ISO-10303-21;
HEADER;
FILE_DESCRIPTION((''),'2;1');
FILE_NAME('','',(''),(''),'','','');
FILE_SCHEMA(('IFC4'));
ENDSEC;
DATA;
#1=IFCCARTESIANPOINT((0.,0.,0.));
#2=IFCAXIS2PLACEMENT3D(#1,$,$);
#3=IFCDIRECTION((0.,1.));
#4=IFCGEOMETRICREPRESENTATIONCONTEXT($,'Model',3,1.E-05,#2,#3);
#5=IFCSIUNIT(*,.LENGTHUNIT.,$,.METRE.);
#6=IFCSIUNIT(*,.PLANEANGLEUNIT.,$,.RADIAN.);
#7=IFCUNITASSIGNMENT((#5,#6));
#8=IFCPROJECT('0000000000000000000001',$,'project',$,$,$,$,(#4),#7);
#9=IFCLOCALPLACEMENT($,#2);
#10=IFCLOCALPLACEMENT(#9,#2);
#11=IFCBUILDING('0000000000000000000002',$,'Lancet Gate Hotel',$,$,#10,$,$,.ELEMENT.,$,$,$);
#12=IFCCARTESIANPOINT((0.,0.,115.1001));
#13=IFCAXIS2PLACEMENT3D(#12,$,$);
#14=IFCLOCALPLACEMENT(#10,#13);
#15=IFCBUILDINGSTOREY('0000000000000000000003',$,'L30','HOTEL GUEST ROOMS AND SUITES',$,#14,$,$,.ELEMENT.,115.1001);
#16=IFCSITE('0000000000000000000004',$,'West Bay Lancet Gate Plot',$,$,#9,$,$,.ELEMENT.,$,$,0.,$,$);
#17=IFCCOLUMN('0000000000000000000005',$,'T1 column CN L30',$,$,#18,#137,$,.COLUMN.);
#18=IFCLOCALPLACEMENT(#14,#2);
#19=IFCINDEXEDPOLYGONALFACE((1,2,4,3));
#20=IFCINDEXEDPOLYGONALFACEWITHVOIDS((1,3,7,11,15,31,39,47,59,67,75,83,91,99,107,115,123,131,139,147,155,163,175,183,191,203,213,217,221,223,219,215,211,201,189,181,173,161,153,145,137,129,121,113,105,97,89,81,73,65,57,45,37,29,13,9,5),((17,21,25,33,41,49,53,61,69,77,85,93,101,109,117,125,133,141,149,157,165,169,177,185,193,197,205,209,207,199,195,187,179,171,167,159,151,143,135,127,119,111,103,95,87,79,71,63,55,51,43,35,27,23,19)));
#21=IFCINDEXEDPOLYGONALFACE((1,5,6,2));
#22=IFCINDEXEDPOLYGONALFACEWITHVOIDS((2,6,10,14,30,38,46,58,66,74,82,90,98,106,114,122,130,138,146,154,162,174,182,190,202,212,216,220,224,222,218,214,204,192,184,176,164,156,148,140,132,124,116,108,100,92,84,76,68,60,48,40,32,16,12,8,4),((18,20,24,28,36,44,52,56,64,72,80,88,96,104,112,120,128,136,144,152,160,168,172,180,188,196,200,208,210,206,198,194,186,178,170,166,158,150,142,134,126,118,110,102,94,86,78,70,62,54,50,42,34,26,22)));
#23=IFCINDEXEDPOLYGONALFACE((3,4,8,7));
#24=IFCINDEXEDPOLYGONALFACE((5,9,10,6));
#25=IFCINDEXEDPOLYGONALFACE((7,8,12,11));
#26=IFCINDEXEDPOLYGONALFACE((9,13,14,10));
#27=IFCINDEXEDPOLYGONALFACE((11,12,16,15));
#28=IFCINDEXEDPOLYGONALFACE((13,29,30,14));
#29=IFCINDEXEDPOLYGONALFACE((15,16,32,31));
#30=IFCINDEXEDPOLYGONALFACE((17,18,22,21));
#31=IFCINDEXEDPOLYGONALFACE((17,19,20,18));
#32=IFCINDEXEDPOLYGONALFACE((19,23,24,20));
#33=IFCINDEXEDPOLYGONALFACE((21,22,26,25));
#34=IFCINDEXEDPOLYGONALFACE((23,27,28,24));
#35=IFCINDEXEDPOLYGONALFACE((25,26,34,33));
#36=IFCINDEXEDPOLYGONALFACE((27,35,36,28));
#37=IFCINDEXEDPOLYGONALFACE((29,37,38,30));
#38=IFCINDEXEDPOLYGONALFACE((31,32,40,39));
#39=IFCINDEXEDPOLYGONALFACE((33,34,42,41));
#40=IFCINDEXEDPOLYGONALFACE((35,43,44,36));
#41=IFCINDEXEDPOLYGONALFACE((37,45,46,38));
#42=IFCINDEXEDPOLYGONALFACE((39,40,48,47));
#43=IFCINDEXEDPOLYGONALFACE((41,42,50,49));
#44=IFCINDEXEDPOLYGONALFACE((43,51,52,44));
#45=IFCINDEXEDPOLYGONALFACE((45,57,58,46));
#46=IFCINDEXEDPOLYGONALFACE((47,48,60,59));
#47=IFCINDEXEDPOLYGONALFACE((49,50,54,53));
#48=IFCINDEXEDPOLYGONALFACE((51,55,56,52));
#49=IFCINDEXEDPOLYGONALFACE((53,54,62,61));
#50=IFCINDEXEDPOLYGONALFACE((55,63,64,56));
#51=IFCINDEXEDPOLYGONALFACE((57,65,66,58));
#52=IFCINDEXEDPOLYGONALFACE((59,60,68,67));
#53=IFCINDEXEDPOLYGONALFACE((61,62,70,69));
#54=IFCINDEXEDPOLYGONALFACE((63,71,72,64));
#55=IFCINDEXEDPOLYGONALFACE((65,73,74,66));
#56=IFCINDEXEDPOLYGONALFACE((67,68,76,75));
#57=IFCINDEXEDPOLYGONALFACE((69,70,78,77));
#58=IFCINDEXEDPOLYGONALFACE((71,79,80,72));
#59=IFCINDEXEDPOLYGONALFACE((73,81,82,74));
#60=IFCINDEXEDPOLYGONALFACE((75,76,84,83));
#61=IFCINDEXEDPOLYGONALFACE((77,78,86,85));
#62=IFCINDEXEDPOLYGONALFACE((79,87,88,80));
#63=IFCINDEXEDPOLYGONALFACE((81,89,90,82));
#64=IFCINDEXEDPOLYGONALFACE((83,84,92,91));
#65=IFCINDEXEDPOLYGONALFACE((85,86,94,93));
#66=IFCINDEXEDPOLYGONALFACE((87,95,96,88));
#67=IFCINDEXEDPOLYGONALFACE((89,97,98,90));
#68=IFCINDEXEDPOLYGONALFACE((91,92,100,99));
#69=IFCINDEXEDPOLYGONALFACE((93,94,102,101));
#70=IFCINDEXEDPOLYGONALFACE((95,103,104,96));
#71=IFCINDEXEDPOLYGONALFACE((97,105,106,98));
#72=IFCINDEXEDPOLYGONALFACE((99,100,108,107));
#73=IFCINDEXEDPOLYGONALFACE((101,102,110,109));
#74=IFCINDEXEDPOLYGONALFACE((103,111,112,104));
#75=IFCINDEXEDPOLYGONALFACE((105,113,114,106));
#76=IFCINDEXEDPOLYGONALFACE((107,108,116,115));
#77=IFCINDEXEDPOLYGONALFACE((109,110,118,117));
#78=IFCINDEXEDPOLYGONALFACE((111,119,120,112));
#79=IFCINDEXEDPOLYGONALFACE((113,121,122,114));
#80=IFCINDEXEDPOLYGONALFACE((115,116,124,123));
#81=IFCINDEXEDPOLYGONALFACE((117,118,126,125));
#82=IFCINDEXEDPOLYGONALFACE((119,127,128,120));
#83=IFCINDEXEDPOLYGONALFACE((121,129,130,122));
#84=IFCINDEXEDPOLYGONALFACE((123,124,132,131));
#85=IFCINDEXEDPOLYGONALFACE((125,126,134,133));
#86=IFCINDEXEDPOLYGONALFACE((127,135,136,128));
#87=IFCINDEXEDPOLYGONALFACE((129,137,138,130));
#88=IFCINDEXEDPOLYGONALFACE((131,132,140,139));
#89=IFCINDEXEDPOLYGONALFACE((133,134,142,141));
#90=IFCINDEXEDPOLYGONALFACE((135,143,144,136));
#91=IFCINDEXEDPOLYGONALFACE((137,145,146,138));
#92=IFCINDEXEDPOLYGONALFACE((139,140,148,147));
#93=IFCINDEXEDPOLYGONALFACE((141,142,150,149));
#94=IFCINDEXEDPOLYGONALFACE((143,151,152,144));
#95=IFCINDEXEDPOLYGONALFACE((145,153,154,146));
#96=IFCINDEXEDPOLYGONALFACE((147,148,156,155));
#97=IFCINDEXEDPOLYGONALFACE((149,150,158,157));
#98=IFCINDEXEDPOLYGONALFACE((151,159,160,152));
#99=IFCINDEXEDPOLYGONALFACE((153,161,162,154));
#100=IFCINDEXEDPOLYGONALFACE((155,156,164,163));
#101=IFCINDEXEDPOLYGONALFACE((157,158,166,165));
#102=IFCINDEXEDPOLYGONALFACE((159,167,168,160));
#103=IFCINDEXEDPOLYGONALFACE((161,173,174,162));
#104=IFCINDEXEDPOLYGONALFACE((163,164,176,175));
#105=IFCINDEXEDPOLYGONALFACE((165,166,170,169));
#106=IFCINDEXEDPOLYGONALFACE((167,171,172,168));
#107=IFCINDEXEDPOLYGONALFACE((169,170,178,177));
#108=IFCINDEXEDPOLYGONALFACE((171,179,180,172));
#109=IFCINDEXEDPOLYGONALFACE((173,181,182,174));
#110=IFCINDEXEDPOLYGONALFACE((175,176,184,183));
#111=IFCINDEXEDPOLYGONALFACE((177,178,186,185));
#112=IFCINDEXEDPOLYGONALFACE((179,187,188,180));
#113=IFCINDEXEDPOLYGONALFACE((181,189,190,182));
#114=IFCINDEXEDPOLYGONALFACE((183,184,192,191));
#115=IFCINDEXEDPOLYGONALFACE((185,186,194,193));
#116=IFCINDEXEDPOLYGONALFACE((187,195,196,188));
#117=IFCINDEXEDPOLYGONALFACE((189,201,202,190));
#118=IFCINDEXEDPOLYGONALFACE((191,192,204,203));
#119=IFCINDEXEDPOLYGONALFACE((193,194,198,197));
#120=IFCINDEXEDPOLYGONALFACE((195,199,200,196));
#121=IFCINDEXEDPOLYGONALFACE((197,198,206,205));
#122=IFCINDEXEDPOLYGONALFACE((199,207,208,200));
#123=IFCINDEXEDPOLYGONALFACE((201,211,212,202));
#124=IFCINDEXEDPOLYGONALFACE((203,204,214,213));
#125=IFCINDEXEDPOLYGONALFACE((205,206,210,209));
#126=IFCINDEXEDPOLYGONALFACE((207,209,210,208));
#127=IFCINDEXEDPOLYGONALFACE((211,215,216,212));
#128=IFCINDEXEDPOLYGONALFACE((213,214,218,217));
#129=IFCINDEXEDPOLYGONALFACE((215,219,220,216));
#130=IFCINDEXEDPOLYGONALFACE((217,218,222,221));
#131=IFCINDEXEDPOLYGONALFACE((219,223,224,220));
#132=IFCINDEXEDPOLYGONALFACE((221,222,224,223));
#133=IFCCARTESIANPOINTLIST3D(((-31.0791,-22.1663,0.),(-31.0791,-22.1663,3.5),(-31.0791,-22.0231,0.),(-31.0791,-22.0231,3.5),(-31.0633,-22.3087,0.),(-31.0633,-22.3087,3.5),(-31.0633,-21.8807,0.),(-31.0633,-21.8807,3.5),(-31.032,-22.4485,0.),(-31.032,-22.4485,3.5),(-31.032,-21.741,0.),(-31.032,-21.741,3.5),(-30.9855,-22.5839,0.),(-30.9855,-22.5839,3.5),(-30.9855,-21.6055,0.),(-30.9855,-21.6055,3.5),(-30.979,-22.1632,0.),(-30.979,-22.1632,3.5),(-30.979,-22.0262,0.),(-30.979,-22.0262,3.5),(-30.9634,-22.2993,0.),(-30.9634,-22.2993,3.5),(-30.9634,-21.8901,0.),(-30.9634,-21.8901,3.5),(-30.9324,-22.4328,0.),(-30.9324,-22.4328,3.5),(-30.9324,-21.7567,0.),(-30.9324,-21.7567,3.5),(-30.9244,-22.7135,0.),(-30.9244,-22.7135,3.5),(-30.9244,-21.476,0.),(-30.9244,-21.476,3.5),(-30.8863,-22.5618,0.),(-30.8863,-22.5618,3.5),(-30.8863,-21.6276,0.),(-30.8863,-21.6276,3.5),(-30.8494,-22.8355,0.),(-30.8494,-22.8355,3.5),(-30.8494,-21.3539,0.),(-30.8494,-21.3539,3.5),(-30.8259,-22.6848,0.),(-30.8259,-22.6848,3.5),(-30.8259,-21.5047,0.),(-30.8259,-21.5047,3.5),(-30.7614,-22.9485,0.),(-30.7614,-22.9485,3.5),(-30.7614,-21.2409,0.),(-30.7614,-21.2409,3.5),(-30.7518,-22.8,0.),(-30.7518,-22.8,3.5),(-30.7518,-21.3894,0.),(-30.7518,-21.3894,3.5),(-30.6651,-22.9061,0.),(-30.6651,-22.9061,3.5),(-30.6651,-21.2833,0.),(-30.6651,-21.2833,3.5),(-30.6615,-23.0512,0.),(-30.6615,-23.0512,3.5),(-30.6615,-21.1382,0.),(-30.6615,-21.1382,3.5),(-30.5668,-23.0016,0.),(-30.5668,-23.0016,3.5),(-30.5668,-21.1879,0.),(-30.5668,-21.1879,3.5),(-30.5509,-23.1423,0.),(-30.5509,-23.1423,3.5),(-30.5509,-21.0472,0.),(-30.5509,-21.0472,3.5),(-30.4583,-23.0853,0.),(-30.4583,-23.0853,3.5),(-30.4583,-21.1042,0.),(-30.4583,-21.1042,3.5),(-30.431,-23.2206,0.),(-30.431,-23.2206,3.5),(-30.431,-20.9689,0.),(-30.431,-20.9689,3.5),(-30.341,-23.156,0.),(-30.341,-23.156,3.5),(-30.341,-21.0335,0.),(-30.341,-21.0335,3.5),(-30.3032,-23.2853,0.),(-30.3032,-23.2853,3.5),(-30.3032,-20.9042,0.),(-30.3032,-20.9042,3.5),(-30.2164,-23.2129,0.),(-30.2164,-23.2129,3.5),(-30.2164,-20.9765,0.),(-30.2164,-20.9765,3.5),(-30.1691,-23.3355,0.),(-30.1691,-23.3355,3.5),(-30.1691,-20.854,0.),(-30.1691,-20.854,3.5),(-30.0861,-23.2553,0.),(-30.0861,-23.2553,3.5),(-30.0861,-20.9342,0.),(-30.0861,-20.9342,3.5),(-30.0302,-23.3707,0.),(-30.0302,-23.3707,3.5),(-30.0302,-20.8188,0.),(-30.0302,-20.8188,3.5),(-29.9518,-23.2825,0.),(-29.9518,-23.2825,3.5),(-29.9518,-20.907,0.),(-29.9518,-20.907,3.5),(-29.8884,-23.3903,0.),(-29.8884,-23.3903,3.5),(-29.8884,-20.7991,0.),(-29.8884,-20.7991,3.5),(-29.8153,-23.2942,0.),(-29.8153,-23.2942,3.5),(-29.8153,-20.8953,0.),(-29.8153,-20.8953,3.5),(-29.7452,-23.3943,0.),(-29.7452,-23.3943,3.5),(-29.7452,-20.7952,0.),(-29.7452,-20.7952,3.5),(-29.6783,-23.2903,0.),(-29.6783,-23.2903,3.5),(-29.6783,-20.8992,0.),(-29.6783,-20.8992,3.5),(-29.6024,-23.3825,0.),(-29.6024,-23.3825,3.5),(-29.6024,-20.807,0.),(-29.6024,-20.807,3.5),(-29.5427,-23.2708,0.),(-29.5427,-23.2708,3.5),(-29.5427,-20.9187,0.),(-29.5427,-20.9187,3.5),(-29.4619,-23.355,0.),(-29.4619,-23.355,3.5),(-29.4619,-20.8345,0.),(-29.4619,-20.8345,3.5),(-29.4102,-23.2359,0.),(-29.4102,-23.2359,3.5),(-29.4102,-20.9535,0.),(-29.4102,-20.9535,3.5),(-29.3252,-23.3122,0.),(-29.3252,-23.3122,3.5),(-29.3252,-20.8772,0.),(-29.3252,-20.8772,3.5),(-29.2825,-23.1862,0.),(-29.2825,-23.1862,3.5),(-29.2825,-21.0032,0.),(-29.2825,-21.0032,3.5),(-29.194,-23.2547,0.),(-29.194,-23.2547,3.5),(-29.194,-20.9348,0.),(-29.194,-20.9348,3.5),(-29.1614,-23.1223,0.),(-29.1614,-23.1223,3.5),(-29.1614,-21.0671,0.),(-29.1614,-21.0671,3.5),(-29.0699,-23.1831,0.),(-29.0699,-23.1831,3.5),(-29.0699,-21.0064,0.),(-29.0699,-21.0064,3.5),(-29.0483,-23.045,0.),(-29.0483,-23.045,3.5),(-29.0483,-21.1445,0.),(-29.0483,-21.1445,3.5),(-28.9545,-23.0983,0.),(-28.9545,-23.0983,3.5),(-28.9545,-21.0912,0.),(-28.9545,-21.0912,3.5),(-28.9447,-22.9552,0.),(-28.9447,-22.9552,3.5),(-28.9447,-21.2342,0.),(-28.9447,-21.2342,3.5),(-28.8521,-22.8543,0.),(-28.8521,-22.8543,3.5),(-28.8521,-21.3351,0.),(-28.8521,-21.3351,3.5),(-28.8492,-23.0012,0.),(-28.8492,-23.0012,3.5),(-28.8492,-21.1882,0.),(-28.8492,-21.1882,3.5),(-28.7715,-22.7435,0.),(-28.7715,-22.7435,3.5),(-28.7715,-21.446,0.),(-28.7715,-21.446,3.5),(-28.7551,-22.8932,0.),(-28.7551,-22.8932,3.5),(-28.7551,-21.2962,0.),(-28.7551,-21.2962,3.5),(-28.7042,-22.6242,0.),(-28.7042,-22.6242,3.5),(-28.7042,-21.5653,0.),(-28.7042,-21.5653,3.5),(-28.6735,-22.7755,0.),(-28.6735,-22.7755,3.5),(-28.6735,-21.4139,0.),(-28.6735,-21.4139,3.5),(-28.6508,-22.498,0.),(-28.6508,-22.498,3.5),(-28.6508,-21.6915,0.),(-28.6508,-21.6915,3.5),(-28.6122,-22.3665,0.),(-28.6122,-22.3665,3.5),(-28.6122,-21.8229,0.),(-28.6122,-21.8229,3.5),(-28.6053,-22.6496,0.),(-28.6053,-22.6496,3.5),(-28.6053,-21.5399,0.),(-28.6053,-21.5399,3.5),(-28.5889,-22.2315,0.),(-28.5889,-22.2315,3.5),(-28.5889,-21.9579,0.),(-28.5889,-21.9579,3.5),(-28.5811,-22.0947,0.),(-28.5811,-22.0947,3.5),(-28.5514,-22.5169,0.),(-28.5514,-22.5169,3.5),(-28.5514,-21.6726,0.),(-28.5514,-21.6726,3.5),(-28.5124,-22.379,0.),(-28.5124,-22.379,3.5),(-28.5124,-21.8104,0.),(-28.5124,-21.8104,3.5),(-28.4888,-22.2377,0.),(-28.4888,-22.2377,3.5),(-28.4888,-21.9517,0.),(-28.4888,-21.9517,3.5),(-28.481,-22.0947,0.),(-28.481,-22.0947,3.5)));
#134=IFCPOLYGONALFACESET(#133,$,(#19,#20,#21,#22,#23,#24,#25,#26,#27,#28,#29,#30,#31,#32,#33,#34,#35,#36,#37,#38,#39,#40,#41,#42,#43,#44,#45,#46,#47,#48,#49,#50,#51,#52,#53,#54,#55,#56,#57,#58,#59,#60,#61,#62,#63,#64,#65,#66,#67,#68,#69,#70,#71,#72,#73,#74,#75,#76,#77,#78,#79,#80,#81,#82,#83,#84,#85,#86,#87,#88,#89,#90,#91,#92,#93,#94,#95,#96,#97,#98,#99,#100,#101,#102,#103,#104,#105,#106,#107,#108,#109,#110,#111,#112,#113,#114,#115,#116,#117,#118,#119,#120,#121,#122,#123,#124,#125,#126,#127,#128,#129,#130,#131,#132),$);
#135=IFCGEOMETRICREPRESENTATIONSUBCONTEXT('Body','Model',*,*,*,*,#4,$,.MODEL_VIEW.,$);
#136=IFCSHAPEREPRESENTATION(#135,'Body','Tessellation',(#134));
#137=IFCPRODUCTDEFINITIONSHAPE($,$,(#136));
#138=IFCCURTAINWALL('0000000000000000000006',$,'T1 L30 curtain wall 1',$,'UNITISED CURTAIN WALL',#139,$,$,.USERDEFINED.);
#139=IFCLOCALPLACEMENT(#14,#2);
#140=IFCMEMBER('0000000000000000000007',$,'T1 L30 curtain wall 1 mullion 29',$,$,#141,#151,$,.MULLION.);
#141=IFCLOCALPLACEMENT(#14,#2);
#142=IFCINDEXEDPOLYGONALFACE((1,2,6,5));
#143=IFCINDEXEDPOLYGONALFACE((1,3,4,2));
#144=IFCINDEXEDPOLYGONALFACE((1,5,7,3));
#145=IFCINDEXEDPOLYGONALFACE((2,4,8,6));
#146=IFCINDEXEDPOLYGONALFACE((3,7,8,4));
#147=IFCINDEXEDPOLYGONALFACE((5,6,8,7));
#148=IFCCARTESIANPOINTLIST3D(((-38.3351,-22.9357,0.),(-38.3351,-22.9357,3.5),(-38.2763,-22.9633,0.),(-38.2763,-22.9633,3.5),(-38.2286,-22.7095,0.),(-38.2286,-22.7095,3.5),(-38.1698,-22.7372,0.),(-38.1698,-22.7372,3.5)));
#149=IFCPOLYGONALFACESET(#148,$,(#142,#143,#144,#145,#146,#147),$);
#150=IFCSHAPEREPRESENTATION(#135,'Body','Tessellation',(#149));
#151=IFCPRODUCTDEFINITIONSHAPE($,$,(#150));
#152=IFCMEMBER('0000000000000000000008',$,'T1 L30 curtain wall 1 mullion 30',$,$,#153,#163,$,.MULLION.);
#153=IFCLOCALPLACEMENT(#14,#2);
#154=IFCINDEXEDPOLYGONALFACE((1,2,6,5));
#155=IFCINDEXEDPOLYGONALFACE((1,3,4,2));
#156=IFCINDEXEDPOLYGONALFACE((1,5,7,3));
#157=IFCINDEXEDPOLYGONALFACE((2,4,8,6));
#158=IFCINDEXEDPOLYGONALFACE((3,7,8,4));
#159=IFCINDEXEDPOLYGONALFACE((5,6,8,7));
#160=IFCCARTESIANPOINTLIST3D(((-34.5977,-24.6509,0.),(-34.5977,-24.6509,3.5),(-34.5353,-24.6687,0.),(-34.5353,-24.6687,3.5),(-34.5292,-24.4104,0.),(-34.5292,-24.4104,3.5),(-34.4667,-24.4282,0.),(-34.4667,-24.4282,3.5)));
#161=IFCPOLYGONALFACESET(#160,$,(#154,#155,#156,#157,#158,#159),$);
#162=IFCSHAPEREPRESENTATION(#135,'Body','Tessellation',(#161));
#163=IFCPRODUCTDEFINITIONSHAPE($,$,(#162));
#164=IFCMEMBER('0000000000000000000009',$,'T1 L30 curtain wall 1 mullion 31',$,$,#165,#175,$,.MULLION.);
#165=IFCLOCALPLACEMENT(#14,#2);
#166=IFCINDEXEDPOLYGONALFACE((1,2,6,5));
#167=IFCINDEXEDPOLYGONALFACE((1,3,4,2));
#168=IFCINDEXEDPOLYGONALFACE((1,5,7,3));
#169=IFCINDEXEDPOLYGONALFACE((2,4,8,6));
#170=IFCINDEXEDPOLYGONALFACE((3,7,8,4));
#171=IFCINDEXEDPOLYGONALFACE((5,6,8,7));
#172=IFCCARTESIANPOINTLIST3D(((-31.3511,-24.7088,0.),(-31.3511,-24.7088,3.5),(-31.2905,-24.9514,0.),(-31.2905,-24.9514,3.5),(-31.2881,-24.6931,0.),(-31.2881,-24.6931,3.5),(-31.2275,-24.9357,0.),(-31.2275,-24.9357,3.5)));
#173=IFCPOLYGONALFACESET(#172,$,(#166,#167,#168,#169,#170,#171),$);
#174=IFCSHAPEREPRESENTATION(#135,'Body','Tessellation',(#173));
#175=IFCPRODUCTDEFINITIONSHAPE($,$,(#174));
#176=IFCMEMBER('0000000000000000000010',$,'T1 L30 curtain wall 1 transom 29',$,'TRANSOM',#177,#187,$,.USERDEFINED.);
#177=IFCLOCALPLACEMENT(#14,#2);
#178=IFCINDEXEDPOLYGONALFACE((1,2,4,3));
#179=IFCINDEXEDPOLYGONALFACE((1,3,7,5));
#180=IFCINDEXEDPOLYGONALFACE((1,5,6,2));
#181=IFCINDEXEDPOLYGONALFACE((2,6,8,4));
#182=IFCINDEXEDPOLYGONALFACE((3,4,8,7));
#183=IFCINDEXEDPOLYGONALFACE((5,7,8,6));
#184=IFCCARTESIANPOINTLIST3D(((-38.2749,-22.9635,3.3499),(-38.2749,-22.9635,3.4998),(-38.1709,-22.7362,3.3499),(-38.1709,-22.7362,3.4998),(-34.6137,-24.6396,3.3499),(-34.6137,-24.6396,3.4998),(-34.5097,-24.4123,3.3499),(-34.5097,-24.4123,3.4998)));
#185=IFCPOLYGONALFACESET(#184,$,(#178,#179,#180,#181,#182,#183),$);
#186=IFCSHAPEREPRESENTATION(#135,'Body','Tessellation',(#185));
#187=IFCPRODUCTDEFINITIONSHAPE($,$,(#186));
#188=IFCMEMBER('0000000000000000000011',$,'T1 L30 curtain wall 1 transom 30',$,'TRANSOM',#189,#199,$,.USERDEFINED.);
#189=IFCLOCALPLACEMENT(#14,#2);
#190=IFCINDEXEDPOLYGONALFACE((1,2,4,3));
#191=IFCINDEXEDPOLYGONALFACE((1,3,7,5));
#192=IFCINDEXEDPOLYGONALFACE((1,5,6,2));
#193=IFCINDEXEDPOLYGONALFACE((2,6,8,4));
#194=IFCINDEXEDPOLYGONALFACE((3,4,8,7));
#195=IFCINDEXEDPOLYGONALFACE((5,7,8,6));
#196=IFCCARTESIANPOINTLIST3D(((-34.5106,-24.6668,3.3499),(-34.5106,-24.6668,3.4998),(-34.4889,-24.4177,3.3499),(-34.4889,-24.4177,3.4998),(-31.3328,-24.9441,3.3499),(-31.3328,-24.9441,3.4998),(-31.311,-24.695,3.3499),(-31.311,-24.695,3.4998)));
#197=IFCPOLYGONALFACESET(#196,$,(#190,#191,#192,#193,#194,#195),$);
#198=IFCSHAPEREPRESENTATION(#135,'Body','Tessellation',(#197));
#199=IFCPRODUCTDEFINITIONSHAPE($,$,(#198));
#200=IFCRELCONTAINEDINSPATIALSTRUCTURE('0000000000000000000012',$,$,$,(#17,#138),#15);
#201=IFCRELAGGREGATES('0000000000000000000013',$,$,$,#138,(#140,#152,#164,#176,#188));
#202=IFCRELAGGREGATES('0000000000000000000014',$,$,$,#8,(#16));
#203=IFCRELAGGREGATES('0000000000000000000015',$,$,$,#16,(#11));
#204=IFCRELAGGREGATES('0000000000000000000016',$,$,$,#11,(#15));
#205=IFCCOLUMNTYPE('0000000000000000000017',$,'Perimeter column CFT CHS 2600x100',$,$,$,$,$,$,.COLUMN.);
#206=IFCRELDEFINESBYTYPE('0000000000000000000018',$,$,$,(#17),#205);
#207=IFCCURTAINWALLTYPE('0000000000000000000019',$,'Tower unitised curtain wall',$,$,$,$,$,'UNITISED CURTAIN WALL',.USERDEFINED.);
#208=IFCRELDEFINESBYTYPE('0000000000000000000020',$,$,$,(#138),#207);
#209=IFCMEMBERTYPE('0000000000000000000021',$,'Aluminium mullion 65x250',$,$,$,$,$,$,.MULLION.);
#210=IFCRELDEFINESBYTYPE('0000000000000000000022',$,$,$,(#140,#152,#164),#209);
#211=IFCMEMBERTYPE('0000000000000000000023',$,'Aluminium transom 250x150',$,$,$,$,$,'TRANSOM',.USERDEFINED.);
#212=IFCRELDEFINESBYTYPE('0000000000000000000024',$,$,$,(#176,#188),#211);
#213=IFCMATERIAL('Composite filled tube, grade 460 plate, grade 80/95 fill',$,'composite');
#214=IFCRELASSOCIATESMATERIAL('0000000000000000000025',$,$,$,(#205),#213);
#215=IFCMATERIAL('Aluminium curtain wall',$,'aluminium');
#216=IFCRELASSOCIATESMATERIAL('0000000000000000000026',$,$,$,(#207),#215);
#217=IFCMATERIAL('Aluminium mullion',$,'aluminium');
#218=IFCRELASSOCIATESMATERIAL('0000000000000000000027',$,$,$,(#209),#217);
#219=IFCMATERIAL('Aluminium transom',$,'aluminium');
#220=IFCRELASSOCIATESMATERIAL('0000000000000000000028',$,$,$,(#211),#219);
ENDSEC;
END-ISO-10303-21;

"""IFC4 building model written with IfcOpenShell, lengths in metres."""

from ifc_helpers import new_model, si_unit, direction, frame, origin, origin_2d, place, context, subcontext, project, spatial, rectangle, hollow_circle, extrude, material, material_profile, profile_set, type_object, element, aggregate, save


model = new_model("IFC4")

# Units and contexts
model_context = context("Model", 3, precision=1e-05, world=origin(), true_north=direction((0.0, 1.0)))
body_context = subcontext(model_context, "Body", "Model", "MODEL_VIEW")
ifc_project = project(units=[si_unit("LENGTHUNIT", "METRE"), si_unit("PLANEANGLEUNIT", "RADIAN")], contexts=[model_context])

# Site, building, storey
site_placement = place(None, origin())
site = spatial("IfcSite", under=ifc_project, at=site_placement, Name="West Bay Lancet Gate Plot", CompositionType="ELEMENT", RefElevation=0.0)
building_placement = place(site_placement, origin())
building = spatial("IfcBuilding", under=site, at=building_placement, Name="Lancet Gate Hotel", CompositionType="ELEMENT")
storey_placement = place(building_placement, frame((0.0, 0.0, 115.1001)))
storey = spatial("IfcBuildingStorey", under=building, at=storey_placement, Name="L30", Description="HOTEL GUEST ROOMS AND SUITES", CompositionType="ELEMENT", Elevation=115.1001)

# Column
ifc_material_1 = material(Name="Composite filled tube, grade 460 plate, grade 80/95 fill", Category="composite")
ifc_material_profile_1 = material_profile(ifc_material_1, hollow_circle(Radius=1.3, WallThickness=0.1001, at=origin_2d()), Name="CHS 2600x100")
ifc_profile_set_1 = profile_set([ifc_material_profile_1], Name="Composite filled tube, grade 460 plate, grade 80/95 fill")
column_type = type_object("IfcColumnType", Name="Perimeter column CFT CHS 2600x100", PredefinedType="COLUMN", material=ifc_profile_set_1)
column_placement = place(storey_placement, frame((-29.781, -22.0947, 0.0), z_axis=(0.0, 0.0, 1.0), x_axis=(1.0, 0.0, 0.0)))
element("IfcColumn", 1, at=column_placement, inside=storey, type_object=column_type, Name="T1 column CN L30", PredefinedType="COLUMN", context=body_context, shape_type="SweptSolid", body=[
    extrude(hollow_circle(Radius=1.3, WallThickness=0.1001, at=origin_2d()), origin(), (0.0, 0.0, 1.0), 3.5),
])

# Curtain wall, members
ifc_material_2 = material(Name="Aluminium curtain wall", Category="aluminium")
curtain_wall_type = type_object("IfcCurtainWallType", Name="Tower unitised curtain wall", ElementType="UNITISED CURTAIN WALL", PredefinedType="USERDEFINED", material=ifc_material_2)
curtain_wall_placement = place(storey_placement, origin())
curtain_wall = element("IfcCurtainWall", 2, at=curtain_wall_placement, inside=storey, type_object=curtain_wall_type, Name="T1 L30 curtain wall 1", ObjectType="UNITISED CURTAIN WALL", PredefinedType="USERDEFINED")
ifc_material_3 = material(Name="Aluminium mullion", Category="aluminium")
ifc_material_profile_2 = material_profile(ifc_material_3, rectangle(XDim=0.0649, YDim=0.25, at=origin_2d()), Name="MULLION 65x250")
ifc_profile_set_2 = profile_set([ifc_material_profile_2], Name="Aluminium mullion")
member_type_1 = type_object("IfcMemberType", Name="Aluminium mullion 65x250", PredefinedType="MULLION", material=ifc_profile_set_2)
member_1_placement = place(storey_placement, frame((-38.2524, -22.8364, 0.0), z_axis=(0.0, 0.0, 1.0), x_axis=(0.90472, -0.426008, 0.0)))
member_1 = element("IfcMember", 3, at=member_1_placement, type_object=member_type_1, Name="T1 L30 curtain wall 1 mullion 29", PredefinedType="MULLION", context=body_context, shape_type="SweptSolid", body=[
    extrude(rectangle(XDim=0.0649, YDim=0.25, at=origin_2d()), origin(), (0.0, 0.0, 1.0), 3.5),
])
member_2_placement = place(storey_placement, frame((-34.5322, -24.5396, 0.0), z_axis=(0.0, 0.0, 1.0), x_axis=(0.961653, -0.274268, 0.0)))
member_2 = element("IfcMember", 4, at=member_2_placement, type_object=member_type_1, Name="T1 L30 curtain wall 1 mullion 30", PredefinedType="MULLION", context=body_context, shape_type="SweptSolid", body=[
    extrude(rectangle(XDim=0.0649, YDim=0.25, at=origin_2d()), origin(), (0.0, 0.0, 1.0), 3.5),
])
member_3_placement = place(storey_placement, frame((-31.2893, -24.8223, 0.0), z_axis=(0.0, 0.0, 1.0), x_axis=(0.970242, 0.242137, 0.0)))
member_3 = element("IfcMember", 5, at=member_3_placement, type_object=member_type_1, Name="T1 L30 curtain wall 1 mullion 31", PredefinedType="MULLION", context=body_context, shape_type="SweptSolid", body=[
    extrude(rectangle(XDim=0.0649, YDim=0.25, at=origin_2d()), origin(), (0.0, 0.0, 1.0), 3.5),
])
ifc_material_4 = material(Name="Aluminium transom", Category="aluminium")
ifc_material_profile_3 = material_profile(ifc_material_4, rectangle(XDim=0.25, YDim=0.1499, at=origin_2d()), Name="TRANSOM 250x150")
ifc_profile_set_3 = profile_set([ifc_material_profile_3], Name="Aluminium transom")
member_type_2 = type_object("IfcMemberType", Name="Aluminium transom 250x150", ElementType="TRANSOM", PredefinedType="USERDEFINED", material=ifc_profile_set_3)
member_4_placement = place(storey_placement, frame((-38.2229, -22.8499, 3.4248), z_axis=(0.909252, -0.416245, 0.0), x_axis=(0.416245, 0.909252, 0.0)))
member_4 = element("IfcMember", 6, at=member_4_placement, type_object=member_type_2, Name="T1 L30 curtain wall 1 transom 29", ObjectType="TRANSOM", PredefinedType="USERDEFINED", context=body_context, shape_type="SweptSolid", body=[
    extrude(rectangle(XDim=0.25, YDim=0.1499, at=origin_2d()), origin(), (0.0, 0.0, 1.0), 4.0266),
])
member_5_placement = place(storey_placement, frame((-34.4998, -24.5422, 3.4248), z_axis=(0.996214, -0.08694, 0.0), x_axis=(0.08694, 0.996214, 0.0)))
member_5 = element("IfcMember", 7, at=member_5_placement, type_object=member_type_2, Name="T1 L30 curtain wall 1 transom 30", ObjectType="TRANSOM", PredefinedType="USERDEFINED", context=body_context, shape_type="SweptSolid", body=[
    extrude(rectangle(XDim=0.25, YDim=0.1499, at=origin_2d()), origin(), (0.0, 0.0, 1.0), 3.1899),
])

aggregate(curtain_wall, [member_1, member_2, member_3, member_4, member_5])

save(model, "model.ifc")
